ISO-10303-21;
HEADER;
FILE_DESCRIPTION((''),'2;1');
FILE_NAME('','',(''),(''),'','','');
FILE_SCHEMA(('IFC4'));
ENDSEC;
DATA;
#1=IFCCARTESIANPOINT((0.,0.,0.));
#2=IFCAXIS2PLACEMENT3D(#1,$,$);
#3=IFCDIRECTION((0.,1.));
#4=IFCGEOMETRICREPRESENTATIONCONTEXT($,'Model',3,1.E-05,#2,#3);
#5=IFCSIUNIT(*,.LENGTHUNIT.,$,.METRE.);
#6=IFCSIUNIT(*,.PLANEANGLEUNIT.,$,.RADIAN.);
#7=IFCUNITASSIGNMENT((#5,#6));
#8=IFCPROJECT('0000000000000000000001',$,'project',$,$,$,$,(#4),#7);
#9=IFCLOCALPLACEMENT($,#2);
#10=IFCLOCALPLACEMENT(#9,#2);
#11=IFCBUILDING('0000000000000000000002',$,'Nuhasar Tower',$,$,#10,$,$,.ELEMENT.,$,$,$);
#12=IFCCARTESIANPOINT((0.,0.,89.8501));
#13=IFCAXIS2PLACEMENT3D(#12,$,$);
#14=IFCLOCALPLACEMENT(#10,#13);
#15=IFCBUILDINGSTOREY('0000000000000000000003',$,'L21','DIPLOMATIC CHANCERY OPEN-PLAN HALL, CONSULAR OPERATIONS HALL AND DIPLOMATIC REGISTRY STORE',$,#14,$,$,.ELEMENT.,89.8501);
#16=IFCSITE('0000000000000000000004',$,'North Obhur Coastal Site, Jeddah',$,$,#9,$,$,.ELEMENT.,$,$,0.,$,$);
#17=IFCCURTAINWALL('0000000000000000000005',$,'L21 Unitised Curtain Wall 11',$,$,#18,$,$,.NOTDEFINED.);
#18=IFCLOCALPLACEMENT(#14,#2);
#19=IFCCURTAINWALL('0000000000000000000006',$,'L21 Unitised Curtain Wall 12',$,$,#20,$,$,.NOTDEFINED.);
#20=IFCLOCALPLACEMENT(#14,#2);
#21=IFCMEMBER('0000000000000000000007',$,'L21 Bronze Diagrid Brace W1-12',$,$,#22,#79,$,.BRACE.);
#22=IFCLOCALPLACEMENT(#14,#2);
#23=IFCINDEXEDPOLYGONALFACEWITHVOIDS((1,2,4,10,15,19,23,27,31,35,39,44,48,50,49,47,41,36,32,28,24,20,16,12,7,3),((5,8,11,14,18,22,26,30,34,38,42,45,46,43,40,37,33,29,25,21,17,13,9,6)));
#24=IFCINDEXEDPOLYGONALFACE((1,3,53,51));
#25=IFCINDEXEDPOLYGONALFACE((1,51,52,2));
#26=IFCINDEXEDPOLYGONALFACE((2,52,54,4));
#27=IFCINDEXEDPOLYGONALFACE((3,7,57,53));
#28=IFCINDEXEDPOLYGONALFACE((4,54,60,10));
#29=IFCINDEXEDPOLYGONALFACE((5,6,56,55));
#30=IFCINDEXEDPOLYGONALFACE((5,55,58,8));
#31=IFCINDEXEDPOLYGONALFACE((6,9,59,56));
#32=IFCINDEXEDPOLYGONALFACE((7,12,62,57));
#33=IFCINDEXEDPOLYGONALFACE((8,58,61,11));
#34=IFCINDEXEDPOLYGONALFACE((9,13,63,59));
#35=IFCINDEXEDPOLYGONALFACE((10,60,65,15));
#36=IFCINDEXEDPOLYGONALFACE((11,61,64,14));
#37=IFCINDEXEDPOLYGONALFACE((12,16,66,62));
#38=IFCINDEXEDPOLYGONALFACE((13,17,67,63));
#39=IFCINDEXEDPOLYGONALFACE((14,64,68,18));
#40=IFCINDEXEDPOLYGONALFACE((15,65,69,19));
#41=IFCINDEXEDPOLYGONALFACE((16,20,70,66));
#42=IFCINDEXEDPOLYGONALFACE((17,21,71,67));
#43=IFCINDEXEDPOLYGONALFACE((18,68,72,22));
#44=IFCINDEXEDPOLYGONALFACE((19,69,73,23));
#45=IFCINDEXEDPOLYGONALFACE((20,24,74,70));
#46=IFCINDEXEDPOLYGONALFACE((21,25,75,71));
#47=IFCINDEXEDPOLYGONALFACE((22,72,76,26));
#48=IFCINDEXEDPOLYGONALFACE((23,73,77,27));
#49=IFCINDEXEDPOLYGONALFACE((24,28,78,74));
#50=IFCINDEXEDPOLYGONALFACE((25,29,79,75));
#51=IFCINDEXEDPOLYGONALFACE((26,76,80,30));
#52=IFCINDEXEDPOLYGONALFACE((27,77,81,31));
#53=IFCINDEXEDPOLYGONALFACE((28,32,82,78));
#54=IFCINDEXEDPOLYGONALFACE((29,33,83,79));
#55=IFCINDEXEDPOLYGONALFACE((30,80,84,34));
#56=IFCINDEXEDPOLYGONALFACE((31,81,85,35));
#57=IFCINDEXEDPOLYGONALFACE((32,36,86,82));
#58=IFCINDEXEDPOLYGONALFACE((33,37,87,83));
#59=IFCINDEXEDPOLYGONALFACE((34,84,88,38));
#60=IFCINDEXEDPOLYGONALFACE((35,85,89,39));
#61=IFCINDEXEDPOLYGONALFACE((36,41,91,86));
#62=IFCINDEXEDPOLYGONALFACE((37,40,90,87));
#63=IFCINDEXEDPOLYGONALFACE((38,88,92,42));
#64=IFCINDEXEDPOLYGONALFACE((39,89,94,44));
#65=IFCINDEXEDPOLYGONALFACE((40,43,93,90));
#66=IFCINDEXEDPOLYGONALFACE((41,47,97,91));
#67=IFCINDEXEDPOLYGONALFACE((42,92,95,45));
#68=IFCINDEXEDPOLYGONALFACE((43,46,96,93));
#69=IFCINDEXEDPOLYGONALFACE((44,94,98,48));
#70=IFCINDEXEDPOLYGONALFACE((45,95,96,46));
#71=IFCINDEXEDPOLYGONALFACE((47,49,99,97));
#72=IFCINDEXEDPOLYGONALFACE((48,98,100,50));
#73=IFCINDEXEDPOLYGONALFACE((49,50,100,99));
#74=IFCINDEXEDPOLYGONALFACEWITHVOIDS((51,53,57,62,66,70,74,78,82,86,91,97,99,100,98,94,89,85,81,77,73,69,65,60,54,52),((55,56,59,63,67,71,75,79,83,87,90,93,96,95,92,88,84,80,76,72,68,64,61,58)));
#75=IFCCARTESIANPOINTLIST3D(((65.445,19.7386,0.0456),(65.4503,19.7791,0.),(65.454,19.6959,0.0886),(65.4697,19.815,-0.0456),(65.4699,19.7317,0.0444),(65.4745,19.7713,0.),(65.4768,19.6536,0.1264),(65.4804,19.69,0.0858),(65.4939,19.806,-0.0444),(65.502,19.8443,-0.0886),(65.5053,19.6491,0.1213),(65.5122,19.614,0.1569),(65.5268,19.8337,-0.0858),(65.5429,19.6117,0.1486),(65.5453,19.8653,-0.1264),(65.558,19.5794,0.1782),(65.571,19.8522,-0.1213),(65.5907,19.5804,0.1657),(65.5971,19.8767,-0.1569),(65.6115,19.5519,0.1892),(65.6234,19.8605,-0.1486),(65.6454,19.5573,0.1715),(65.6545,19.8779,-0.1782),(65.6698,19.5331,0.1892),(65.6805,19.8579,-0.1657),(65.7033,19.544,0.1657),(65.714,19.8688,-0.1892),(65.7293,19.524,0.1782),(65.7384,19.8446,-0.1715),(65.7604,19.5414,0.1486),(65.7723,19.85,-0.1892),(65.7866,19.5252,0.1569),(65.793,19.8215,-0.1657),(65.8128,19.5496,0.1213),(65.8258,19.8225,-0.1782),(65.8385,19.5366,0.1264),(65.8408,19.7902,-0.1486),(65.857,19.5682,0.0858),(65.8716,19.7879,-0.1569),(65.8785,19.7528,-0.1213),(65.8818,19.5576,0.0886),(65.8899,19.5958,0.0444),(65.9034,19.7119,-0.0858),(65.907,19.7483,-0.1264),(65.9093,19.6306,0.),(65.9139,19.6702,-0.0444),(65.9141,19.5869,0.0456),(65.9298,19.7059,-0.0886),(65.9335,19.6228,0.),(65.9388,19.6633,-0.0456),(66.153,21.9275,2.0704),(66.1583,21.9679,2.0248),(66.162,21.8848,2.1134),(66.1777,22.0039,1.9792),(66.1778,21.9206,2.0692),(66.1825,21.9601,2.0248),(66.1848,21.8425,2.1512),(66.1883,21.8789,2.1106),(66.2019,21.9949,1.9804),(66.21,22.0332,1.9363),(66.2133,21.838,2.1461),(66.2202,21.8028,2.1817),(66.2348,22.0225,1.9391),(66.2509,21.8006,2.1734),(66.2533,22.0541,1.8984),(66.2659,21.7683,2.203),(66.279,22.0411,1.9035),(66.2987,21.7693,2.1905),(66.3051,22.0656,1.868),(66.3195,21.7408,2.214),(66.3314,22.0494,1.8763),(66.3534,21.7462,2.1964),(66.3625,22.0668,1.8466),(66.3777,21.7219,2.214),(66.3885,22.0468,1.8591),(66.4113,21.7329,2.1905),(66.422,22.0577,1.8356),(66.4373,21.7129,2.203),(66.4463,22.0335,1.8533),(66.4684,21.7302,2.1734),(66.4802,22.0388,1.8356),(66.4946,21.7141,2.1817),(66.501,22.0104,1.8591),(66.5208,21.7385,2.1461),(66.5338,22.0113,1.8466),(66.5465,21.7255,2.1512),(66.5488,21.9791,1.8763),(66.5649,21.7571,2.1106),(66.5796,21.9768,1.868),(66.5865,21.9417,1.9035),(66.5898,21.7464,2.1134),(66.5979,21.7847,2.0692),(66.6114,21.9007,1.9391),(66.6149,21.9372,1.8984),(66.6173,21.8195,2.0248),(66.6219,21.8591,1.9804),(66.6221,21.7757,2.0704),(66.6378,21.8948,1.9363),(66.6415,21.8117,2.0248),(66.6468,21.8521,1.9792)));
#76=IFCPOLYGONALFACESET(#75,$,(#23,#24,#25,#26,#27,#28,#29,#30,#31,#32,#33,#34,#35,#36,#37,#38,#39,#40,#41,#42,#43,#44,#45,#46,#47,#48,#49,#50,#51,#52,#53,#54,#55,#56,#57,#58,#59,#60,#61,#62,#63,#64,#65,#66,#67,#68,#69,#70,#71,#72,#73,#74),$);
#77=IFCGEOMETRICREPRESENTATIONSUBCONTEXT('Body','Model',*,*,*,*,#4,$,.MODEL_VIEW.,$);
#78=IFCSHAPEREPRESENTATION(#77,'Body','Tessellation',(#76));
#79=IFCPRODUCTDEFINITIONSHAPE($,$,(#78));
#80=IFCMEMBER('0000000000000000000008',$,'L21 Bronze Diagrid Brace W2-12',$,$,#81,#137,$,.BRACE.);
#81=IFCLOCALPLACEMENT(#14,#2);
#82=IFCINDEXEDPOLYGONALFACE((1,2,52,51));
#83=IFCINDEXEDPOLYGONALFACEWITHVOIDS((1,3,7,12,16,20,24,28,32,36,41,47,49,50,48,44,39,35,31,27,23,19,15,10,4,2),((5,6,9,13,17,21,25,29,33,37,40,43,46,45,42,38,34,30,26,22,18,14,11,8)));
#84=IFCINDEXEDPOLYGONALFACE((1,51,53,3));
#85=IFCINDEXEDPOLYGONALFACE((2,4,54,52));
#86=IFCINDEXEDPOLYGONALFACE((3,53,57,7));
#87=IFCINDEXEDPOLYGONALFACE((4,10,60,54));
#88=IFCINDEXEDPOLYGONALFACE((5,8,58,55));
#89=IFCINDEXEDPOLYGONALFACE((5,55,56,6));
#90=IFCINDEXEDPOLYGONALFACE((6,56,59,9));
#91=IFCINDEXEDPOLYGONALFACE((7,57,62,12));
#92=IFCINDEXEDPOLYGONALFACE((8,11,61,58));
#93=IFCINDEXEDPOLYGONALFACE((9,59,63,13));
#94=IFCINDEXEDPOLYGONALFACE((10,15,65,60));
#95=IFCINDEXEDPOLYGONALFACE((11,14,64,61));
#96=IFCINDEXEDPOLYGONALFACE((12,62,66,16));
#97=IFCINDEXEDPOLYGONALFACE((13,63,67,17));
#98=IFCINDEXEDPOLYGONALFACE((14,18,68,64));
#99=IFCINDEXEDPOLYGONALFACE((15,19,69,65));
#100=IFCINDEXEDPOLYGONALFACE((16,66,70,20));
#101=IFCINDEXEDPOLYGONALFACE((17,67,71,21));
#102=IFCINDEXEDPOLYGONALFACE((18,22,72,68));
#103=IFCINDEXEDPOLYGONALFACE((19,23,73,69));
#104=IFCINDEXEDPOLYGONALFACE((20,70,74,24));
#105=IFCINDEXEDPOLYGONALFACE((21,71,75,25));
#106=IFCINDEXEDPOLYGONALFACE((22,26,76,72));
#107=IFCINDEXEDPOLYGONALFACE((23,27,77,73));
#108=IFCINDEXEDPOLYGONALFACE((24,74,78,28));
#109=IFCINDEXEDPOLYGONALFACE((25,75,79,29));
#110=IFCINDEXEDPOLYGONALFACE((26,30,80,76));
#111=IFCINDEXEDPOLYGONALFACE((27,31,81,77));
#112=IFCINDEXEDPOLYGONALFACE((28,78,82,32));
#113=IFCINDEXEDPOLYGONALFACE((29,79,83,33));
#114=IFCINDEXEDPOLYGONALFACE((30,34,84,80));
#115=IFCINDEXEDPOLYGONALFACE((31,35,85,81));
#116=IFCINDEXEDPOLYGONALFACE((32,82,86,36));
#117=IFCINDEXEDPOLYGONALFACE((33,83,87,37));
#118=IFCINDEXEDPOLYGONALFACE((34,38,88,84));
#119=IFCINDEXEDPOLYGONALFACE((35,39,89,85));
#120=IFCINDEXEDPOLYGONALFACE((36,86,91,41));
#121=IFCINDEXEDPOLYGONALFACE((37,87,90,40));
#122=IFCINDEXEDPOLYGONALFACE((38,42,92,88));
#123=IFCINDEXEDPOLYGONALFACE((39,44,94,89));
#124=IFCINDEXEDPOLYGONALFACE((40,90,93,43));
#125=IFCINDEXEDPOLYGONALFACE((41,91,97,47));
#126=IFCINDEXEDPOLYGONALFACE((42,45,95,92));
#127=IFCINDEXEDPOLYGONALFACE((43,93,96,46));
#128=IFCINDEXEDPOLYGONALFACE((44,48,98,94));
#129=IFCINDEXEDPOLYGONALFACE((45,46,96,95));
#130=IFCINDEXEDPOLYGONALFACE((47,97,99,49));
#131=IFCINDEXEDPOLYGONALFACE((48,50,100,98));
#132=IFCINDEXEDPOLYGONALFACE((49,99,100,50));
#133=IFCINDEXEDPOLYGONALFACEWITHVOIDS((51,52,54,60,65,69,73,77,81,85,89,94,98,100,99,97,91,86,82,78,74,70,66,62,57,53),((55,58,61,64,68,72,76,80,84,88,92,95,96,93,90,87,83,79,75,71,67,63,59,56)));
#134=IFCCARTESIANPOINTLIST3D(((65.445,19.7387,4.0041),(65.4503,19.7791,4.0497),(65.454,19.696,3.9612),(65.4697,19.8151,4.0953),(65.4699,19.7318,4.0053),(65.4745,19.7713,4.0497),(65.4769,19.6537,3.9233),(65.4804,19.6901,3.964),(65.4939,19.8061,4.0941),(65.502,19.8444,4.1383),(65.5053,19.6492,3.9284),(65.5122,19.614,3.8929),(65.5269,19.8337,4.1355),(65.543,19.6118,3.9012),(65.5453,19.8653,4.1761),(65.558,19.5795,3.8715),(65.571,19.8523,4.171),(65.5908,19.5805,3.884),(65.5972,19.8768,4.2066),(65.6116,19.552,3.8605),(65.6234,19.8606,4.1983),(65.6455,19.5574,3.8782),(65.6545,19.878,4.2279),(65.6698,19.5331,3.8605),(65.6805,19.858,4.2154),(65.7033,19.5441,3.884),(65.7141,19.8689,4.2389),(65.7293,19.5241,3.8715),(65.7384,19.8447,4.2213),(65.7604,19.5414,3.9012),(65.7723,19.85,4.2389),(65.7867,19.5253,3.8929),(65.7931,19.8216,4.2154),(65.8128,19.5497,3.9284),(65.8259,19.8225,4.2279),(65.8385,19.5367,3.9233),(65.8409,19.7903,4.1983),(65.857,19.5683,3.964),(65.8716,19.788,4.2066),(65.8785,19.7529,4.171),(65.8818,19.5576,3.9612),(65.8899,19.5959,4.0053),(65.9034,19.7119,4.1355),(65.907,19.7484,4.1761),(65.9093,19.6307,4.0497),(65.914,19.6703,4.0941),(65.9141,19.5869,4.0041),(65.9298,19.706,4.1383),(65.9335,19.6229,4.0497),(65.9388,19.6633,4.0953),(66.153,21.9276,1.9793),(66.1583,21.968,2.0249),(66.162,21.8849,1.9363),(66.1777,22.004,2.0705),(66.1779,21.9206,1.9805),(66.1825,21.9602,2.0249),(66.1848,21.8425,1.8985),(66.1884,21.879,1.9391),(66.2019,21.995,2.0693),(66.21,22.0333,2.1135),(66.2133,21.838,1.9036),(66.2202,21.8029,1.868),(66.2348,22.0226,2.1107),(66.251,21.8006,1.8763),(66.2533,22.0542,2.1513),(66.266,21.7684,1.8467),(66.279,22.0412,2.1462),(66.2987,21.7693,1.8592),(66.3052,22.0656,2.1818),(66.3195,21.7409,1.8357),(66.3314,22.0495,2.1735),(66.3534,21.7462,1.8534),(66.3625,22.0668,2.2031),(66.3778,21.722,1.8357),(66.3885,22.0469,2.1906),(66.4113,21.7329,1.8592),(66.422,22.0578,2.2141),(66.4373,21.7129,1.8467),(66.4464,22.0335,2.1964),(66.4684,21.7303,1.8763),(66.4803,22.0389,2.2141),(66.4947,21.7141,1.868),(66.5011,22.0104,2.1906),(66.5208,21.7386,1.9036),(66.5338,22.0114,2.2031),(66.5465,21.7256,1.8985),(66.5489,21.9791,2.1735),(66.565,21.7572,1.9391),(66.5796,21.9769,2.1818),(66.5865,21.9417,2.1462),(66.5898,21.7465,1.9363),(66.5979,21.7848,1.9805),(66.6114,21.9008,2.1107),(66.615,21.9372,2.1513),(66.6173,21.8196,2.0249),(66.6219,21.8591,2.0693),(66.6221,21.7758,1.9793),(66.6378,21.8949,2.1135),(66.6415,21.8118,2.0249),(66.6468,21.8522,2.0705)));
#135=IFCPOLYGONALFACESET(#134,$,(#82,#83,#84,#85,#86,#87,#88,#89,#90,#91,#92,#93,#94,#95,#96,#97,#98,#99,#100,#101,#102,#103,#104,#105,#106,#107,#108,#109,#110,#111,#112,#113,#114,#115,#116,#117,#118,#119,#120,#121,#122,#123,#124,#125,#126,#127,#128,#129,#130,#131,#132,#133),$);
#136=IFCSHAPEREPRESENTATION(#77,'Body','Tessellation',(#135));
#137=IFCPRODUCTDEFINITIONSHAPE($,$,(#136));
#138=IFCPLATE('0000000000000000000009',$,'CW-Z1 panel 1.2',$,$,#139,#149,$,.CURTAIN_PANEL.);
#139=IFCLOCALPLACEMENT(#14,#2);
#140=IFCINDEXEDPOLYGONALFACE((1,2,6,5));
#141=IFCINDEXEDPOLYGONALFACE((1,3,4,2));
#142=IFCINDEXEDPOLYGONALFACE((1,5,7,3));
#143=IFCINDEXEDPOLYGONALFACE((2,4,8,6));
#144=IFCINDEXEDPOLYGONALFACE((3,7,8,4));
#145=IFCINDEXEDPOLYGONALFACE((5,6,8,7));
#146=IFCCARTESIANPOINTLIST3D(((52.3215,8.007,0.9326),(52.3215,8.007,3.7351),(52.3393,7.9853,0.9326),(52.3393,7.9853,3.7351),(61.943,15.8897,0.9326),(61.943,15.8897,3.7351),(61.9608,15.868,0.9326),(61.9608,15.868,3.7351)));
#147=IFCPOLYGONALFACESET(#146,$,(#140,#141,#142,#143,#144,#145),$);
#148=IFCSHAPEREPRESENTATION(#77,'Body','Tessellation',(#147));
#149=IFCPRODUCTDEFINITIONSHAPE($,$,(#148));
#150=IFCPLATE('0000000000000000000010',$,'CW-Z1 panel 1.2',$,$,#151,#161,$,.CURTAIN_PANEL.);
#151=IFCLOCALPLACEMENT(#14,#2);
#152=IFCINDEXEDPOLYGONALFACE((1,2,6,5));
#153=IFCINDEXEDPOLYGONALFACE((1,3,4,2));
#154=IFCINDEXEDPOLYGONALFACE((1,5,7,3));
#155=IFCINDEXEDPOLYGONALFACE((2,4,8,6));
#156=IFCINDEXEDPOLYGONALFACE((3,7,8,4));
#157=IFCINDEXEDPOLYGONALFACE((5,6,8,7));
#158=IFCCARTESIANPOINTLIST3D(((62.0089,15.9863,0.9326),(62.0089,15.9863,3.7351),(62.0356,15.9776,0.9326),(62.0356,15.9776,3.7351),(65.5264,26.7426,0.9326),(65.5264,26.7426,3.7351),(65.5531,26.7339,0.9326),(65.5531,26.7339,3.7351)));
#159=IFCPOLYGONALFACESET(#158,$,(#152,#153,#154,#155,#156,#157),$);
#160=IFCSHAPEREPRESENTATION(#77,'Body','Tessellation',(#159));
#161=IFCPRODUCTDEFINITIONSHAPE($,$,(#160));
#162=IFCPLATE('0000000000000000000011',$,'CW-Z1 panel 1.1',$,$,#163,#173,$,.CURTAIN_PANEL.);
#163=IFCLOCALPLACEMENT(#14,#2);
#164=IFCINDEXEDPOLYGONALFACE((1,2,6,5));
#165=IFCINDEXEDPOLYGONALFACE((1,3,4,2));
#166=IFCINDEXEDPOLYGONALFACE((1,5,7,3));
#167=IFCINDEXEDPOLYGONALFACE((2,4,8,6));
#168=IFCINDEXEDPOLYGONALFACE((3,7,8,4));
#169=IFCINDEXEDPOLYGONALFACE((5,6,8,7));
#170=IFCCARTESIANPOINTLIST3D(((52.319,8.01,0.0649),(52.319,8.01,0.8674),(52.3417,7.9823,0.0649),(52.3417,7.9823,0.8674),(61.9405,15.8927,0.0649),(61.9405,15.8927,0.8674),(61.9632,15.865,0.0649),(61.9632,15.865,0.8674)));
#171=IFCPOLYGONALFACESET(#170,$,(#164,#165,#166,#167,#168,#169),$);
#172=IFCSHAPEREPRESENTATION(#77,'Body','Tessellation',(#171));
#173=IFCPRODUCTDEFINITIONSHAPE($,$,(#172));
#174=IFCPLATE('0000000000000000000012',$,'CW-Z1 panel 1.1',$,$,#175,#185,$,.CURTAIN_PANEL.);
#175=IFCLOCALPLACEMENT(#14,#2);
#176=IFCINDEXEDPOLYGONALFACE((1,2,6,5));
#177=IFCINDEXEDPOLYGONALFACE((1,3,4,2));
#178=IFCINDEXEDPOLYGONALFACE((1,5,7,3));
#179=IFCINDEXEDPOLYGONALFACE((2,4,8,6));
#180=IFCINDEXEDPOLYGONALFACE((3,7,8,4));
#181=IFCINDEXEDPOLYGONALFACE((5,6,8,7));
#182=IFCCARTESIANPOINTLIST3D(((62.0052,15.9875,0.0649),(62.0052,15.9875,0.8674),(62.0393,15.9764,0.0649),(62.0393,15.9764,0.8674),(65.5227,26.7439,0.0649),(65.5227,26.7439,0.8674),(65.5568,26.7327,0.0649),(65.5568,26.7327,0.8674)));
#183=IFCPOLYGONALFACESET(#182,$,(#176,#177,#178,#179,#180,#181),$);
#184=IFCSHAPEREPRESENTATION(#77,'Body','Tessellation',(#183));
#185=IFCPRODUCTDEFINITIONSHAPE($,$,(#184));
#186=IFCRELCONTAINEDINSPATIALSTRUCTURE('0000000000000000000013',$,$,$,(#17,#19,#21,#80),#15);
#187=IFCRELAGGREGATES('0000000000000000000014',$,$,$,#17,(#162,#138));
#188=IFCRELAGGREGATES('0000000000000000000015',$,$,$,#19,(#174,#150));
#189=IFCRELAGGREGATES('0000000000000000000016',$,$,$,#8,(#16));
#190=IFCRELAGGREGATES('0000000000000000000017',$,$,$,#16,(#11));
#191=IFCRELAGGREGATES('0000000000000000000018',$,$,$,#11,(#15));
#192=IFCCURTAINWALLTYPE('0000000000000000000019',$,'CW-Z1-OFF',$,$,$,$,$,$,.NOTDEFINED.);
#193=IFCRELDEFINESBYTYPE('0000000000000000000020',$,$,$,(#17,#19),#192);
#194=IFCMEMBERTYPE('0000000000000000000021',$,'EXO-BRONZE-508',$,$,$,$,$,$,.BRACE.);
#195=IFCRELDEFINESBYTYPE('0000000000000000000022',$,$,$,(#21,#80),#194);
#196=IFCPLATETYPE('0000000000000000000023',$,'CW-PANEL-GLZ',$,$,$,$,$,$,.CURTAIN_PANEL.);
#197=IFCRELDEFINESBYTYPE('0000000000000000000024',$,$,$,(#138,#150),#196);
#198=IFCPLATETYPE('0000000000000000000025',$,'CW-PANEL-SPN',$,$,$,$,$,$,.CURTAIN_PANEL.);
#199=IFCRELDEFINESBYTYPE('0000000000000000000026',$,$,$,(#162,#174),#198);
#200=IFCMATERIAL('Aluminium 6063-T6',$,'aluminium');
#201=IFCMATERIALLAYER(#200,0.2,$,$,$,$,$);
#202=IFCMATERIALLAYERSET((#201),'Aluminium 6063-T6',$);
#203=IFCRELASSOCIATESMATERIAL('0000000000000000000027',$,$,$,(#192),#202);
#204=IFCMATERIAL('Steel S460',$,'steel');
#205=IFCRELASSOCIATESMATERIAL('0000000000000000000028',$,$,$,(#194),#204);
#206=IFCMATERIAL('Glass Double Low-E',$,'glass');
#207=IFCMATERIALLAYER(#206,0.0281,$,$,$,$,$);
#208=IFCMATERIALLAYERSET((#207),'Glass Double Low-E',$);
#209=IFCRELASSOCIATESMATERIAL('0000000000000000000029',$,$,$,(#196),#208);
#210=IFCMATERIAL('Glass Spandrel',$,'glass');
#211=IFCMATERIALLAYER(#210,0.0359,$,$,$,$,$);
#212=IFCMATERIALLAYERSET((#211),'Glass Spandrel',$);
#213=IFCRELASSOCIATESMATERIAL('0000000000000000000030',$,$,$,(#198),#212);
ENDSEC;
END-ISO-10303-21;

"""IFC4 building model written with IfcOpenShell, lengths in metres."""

from ifc_helpers import new_model, si_unit, direction, frame, origin, origin_2d, place, context, subcontext, project, spatial, rectangle, hollow_circle, extrude, material, layer, layer_set, material_profile, profile_set, type_object, element, aggregate, save


model = new_model("IFC4")

# Units and contexts
model_context = context("Model", 3, precision=1e-05, world=origin(), true_north=direction((0.0, 1.0)))
body_context = subcontext(model_context, "Body", "Model", "MODEL_VIEW")
ifc_project = project(units=[si_unit("LENGTHUNIT", "METRE"), si_unit("PLANEANGLEUNIT", "RADIAN")], contexts=[model_context])

# Site, building, storey
site_placement = place(None, origin())
site = spatial("IfcSite", under=ifc_project, at=site_placement, Name="North Obhur Coastal Site, Jeddah", CompositionType="ELEMENT", RefElevation=0.0)
building_placement = place(site_placement, origin())
building = spatial("IfcBuilding", under=site, at=building_placement, Name="Nuhasar Tower", CompositionType="ELEMENT")
storey_placement = place(building_placement, frame((0.0, 0.0, 89.8501)))
storey = spatial("IfcBuildingStorey", under=building, at=storey_placement, Name="L21", Description="DIPLOMATIC CHANCERY OPEN-PLAN HALL, CONSULAR OPERATIONS HALL AND DIPLOMATIC REGISTRY STORE", CompositionType="ELEMENT", Elevation=89.8501)

# Curtain wall
ifc_material_1 = material(Name="Aluminium 6063-T6", Category="aluminium")
ifc_layer_1 = layer(ifc_material_1, 0.2)
ifc_layer_set_1 = layer_set([ifc_layer_1], Name="Aluminium 6063-T6")
curtain_wall_type = type_object("IfcCurtainWallType", Name="CW-Z1-OFF", PredefinedType="NOTDEFINED", material=ifc_layer_set_1)
curtain_wall_1_placement = place(storey_placement, origin())
curtain_wall_1 = element("IfcCurtainWall", 1, at=curtain_wall_1_placement, inside=storey, type_object=curtain_wall_type, Name="L21 Unitised Curtain Wall 11", PredefinedType="NOTDEFINED")

# Curtain wall
curtain_wall_2_placement = place(storey_placement, origin())
curtain_wall_2 = element("IfcCurtainWall", 2, at=curtain_wall_2_placement, inside=storey, type_object=curtain_wall_type, Name="L21 Unitised Curtain Wall 12", PredefinedType="NOTDEFINED")

# Members
ifc_material_2 = material(Name="Steel S460", Category="steel")
ifc_material_profile_1 = material_profile(ifc_material_2, hollow_circle(Radius=0.2539, WallThickness=0.0254, at=origin_2d()), Name="HSS508X25.4")
ifc_profile_set_1 = profile_set([ifc_material_profile_1], Name="Steel S460")
member_type_1 = type_object("IfcMemberType", Name="EXO-BRONZE-508", PredefinedType="BRACE", material=ifc_profile_set_1)
for number, where, z_axis, x_axis, name in (
    (3, (65.6919, 19.7009, 0.0), (0.231012, 0.714225, 0.660694), (-0.951468, 0.307747, 0.0), "L21 Bronze Diagrid Brace W1-12"),
    (4, (66.3999, 21.8899, 2.0249), (-0.231012, -0.714225, 0.660694), (0.951468, -0.307747, 0.0), "L21 Bronze Diagrid Brace W2-12"),
):
    element("IfcMember", number, at=place(storey_placement, frame(where, z_axis=z_axis, x_axis=x_axis)), inside=storey, type_object=member_type_1, Name=name, PredefinedType="BRACE", context=body_context, shape_type="SweptSolid", body=[
        extrude(hollow_circle(Radius=0.2539, WallThickness=0.0254, at=origin_2d()), origin(), (0.0, 0.0, 1.0), 3.0647),
    ])

# Plates
ifc_material_3 = material(Name="Glass Double Low-E", Category="glass")
ifc_layer_2 = layer(ifc_material_3, 0.0281)
ifc_layer_set_2 = layer_set([ifc_layer_2], Name="Glass Double Low-E")
plate_type_1 = type_object("IfcPlateType", Name="CW-PANEL-GLZ", PredefinedType="CURTAIN_PANEL", material=ifc_layer_set_2)
plate_1_placement = place(storey_placement, frame((57.1411, 11.9375, 0.9326), z_axis=(0.0, 0.0, 1.0), x_axis=(0.773542, 0.633745, 0.0)))
plate_1 = element("IfcPlate", 5, at=plate_1_placement, type_object=plate_type_1, Name="CW-Z1 panel 1.2", PredefinedType="CURTAIN_PANEL", context=body_context, shape_type="SweptSolid", body=[
    extrude(rectangle(XDim=12.4382, YDim=0.0281, at=origin_2d()), origin(), (0.0, 0.0, 1.0), 2.8025),
])
plate_2_placement = place(storey_placement, frame((63.781, 21.3601, 0.9326), z_axis=(0.0, 0.0, 1.0), x_axis=(0.310824, 0.950468, 0.0)))
plate_2 = element("IfcPlate", 6, at=plate_2_placement, type_object=plate_type_1, Name="CW-Z1 panel 1.2", PredefinedType="CURTAIN_PANEL", context=body_context, shape_type="SweptSolid", body=[
    extrude(rectangle(XDim=11.3169, YDim=0.0281, at=origin_2d()), origin(), (0.0, 0.0, 1.0), 2.8025),
])
ifc_material_4 = material(Name="Glass Spandrel", Category="glass")
ifc_layer_3 = layer(ifc_material_4, 0.0359)
ifc_layer_set_3 = layer_set([ifc_layer_3], Name="Glass Spandrel")
plate_type_2 = type_object("IfcPlateType", Name="CW-PANEL-SPN", PredefinedType="CURTAIN_PANEL", material=ifc_layer_set_3)
plate_3_placement = place(storey_placement, frame((57.1411, 11.9375, 0.0649), z_axis=(0.0, 0.0, 1.0), x_axis=(0.773542, 0.633745, 0.0)))
plate_3 = element("IfcPlate", 7, at=plate_3_placement, type_object=plate_type_2, Name="CW-Z1 panel 1.1", PredefinedType="CURTAIN_PANEL", context=body_context, shape_type="SweptSolid", body=[
    extrude(rectangle(XDim=12.4382, YDim=0.0359, at=origin_2d()), origin(), (0.0, 0.0, 1.0), 0.8025),
])
aggregate(curtain_wall_1, [plate_3, plate_1])
plate_4_placement = place(storey_placement, frame((63.781, 21.3601, 0.0649), z_axis=(0.0, 0.0, 1.0), x_axis=(0.310824, 0.950468, 0.0)))
plate_4 = element("IfcPlate", 8, at=plate_4_placement, type_object=plate_type_2, Name="CW-Z1 panel 1.1", PredefinedType="CURTAIN_PANEL", context=body_context, shape_type="SweptSolid", body=[
    extrude(rectangle(XDim=11.3169, YDim=0.0359, at=origin_2d()), origin(), (0.0, 0.0, 1.0), 0.8025),
])
aggregate(curtain_wall_2, [plate_4, plate_2])

save(model, "model.ifc")
